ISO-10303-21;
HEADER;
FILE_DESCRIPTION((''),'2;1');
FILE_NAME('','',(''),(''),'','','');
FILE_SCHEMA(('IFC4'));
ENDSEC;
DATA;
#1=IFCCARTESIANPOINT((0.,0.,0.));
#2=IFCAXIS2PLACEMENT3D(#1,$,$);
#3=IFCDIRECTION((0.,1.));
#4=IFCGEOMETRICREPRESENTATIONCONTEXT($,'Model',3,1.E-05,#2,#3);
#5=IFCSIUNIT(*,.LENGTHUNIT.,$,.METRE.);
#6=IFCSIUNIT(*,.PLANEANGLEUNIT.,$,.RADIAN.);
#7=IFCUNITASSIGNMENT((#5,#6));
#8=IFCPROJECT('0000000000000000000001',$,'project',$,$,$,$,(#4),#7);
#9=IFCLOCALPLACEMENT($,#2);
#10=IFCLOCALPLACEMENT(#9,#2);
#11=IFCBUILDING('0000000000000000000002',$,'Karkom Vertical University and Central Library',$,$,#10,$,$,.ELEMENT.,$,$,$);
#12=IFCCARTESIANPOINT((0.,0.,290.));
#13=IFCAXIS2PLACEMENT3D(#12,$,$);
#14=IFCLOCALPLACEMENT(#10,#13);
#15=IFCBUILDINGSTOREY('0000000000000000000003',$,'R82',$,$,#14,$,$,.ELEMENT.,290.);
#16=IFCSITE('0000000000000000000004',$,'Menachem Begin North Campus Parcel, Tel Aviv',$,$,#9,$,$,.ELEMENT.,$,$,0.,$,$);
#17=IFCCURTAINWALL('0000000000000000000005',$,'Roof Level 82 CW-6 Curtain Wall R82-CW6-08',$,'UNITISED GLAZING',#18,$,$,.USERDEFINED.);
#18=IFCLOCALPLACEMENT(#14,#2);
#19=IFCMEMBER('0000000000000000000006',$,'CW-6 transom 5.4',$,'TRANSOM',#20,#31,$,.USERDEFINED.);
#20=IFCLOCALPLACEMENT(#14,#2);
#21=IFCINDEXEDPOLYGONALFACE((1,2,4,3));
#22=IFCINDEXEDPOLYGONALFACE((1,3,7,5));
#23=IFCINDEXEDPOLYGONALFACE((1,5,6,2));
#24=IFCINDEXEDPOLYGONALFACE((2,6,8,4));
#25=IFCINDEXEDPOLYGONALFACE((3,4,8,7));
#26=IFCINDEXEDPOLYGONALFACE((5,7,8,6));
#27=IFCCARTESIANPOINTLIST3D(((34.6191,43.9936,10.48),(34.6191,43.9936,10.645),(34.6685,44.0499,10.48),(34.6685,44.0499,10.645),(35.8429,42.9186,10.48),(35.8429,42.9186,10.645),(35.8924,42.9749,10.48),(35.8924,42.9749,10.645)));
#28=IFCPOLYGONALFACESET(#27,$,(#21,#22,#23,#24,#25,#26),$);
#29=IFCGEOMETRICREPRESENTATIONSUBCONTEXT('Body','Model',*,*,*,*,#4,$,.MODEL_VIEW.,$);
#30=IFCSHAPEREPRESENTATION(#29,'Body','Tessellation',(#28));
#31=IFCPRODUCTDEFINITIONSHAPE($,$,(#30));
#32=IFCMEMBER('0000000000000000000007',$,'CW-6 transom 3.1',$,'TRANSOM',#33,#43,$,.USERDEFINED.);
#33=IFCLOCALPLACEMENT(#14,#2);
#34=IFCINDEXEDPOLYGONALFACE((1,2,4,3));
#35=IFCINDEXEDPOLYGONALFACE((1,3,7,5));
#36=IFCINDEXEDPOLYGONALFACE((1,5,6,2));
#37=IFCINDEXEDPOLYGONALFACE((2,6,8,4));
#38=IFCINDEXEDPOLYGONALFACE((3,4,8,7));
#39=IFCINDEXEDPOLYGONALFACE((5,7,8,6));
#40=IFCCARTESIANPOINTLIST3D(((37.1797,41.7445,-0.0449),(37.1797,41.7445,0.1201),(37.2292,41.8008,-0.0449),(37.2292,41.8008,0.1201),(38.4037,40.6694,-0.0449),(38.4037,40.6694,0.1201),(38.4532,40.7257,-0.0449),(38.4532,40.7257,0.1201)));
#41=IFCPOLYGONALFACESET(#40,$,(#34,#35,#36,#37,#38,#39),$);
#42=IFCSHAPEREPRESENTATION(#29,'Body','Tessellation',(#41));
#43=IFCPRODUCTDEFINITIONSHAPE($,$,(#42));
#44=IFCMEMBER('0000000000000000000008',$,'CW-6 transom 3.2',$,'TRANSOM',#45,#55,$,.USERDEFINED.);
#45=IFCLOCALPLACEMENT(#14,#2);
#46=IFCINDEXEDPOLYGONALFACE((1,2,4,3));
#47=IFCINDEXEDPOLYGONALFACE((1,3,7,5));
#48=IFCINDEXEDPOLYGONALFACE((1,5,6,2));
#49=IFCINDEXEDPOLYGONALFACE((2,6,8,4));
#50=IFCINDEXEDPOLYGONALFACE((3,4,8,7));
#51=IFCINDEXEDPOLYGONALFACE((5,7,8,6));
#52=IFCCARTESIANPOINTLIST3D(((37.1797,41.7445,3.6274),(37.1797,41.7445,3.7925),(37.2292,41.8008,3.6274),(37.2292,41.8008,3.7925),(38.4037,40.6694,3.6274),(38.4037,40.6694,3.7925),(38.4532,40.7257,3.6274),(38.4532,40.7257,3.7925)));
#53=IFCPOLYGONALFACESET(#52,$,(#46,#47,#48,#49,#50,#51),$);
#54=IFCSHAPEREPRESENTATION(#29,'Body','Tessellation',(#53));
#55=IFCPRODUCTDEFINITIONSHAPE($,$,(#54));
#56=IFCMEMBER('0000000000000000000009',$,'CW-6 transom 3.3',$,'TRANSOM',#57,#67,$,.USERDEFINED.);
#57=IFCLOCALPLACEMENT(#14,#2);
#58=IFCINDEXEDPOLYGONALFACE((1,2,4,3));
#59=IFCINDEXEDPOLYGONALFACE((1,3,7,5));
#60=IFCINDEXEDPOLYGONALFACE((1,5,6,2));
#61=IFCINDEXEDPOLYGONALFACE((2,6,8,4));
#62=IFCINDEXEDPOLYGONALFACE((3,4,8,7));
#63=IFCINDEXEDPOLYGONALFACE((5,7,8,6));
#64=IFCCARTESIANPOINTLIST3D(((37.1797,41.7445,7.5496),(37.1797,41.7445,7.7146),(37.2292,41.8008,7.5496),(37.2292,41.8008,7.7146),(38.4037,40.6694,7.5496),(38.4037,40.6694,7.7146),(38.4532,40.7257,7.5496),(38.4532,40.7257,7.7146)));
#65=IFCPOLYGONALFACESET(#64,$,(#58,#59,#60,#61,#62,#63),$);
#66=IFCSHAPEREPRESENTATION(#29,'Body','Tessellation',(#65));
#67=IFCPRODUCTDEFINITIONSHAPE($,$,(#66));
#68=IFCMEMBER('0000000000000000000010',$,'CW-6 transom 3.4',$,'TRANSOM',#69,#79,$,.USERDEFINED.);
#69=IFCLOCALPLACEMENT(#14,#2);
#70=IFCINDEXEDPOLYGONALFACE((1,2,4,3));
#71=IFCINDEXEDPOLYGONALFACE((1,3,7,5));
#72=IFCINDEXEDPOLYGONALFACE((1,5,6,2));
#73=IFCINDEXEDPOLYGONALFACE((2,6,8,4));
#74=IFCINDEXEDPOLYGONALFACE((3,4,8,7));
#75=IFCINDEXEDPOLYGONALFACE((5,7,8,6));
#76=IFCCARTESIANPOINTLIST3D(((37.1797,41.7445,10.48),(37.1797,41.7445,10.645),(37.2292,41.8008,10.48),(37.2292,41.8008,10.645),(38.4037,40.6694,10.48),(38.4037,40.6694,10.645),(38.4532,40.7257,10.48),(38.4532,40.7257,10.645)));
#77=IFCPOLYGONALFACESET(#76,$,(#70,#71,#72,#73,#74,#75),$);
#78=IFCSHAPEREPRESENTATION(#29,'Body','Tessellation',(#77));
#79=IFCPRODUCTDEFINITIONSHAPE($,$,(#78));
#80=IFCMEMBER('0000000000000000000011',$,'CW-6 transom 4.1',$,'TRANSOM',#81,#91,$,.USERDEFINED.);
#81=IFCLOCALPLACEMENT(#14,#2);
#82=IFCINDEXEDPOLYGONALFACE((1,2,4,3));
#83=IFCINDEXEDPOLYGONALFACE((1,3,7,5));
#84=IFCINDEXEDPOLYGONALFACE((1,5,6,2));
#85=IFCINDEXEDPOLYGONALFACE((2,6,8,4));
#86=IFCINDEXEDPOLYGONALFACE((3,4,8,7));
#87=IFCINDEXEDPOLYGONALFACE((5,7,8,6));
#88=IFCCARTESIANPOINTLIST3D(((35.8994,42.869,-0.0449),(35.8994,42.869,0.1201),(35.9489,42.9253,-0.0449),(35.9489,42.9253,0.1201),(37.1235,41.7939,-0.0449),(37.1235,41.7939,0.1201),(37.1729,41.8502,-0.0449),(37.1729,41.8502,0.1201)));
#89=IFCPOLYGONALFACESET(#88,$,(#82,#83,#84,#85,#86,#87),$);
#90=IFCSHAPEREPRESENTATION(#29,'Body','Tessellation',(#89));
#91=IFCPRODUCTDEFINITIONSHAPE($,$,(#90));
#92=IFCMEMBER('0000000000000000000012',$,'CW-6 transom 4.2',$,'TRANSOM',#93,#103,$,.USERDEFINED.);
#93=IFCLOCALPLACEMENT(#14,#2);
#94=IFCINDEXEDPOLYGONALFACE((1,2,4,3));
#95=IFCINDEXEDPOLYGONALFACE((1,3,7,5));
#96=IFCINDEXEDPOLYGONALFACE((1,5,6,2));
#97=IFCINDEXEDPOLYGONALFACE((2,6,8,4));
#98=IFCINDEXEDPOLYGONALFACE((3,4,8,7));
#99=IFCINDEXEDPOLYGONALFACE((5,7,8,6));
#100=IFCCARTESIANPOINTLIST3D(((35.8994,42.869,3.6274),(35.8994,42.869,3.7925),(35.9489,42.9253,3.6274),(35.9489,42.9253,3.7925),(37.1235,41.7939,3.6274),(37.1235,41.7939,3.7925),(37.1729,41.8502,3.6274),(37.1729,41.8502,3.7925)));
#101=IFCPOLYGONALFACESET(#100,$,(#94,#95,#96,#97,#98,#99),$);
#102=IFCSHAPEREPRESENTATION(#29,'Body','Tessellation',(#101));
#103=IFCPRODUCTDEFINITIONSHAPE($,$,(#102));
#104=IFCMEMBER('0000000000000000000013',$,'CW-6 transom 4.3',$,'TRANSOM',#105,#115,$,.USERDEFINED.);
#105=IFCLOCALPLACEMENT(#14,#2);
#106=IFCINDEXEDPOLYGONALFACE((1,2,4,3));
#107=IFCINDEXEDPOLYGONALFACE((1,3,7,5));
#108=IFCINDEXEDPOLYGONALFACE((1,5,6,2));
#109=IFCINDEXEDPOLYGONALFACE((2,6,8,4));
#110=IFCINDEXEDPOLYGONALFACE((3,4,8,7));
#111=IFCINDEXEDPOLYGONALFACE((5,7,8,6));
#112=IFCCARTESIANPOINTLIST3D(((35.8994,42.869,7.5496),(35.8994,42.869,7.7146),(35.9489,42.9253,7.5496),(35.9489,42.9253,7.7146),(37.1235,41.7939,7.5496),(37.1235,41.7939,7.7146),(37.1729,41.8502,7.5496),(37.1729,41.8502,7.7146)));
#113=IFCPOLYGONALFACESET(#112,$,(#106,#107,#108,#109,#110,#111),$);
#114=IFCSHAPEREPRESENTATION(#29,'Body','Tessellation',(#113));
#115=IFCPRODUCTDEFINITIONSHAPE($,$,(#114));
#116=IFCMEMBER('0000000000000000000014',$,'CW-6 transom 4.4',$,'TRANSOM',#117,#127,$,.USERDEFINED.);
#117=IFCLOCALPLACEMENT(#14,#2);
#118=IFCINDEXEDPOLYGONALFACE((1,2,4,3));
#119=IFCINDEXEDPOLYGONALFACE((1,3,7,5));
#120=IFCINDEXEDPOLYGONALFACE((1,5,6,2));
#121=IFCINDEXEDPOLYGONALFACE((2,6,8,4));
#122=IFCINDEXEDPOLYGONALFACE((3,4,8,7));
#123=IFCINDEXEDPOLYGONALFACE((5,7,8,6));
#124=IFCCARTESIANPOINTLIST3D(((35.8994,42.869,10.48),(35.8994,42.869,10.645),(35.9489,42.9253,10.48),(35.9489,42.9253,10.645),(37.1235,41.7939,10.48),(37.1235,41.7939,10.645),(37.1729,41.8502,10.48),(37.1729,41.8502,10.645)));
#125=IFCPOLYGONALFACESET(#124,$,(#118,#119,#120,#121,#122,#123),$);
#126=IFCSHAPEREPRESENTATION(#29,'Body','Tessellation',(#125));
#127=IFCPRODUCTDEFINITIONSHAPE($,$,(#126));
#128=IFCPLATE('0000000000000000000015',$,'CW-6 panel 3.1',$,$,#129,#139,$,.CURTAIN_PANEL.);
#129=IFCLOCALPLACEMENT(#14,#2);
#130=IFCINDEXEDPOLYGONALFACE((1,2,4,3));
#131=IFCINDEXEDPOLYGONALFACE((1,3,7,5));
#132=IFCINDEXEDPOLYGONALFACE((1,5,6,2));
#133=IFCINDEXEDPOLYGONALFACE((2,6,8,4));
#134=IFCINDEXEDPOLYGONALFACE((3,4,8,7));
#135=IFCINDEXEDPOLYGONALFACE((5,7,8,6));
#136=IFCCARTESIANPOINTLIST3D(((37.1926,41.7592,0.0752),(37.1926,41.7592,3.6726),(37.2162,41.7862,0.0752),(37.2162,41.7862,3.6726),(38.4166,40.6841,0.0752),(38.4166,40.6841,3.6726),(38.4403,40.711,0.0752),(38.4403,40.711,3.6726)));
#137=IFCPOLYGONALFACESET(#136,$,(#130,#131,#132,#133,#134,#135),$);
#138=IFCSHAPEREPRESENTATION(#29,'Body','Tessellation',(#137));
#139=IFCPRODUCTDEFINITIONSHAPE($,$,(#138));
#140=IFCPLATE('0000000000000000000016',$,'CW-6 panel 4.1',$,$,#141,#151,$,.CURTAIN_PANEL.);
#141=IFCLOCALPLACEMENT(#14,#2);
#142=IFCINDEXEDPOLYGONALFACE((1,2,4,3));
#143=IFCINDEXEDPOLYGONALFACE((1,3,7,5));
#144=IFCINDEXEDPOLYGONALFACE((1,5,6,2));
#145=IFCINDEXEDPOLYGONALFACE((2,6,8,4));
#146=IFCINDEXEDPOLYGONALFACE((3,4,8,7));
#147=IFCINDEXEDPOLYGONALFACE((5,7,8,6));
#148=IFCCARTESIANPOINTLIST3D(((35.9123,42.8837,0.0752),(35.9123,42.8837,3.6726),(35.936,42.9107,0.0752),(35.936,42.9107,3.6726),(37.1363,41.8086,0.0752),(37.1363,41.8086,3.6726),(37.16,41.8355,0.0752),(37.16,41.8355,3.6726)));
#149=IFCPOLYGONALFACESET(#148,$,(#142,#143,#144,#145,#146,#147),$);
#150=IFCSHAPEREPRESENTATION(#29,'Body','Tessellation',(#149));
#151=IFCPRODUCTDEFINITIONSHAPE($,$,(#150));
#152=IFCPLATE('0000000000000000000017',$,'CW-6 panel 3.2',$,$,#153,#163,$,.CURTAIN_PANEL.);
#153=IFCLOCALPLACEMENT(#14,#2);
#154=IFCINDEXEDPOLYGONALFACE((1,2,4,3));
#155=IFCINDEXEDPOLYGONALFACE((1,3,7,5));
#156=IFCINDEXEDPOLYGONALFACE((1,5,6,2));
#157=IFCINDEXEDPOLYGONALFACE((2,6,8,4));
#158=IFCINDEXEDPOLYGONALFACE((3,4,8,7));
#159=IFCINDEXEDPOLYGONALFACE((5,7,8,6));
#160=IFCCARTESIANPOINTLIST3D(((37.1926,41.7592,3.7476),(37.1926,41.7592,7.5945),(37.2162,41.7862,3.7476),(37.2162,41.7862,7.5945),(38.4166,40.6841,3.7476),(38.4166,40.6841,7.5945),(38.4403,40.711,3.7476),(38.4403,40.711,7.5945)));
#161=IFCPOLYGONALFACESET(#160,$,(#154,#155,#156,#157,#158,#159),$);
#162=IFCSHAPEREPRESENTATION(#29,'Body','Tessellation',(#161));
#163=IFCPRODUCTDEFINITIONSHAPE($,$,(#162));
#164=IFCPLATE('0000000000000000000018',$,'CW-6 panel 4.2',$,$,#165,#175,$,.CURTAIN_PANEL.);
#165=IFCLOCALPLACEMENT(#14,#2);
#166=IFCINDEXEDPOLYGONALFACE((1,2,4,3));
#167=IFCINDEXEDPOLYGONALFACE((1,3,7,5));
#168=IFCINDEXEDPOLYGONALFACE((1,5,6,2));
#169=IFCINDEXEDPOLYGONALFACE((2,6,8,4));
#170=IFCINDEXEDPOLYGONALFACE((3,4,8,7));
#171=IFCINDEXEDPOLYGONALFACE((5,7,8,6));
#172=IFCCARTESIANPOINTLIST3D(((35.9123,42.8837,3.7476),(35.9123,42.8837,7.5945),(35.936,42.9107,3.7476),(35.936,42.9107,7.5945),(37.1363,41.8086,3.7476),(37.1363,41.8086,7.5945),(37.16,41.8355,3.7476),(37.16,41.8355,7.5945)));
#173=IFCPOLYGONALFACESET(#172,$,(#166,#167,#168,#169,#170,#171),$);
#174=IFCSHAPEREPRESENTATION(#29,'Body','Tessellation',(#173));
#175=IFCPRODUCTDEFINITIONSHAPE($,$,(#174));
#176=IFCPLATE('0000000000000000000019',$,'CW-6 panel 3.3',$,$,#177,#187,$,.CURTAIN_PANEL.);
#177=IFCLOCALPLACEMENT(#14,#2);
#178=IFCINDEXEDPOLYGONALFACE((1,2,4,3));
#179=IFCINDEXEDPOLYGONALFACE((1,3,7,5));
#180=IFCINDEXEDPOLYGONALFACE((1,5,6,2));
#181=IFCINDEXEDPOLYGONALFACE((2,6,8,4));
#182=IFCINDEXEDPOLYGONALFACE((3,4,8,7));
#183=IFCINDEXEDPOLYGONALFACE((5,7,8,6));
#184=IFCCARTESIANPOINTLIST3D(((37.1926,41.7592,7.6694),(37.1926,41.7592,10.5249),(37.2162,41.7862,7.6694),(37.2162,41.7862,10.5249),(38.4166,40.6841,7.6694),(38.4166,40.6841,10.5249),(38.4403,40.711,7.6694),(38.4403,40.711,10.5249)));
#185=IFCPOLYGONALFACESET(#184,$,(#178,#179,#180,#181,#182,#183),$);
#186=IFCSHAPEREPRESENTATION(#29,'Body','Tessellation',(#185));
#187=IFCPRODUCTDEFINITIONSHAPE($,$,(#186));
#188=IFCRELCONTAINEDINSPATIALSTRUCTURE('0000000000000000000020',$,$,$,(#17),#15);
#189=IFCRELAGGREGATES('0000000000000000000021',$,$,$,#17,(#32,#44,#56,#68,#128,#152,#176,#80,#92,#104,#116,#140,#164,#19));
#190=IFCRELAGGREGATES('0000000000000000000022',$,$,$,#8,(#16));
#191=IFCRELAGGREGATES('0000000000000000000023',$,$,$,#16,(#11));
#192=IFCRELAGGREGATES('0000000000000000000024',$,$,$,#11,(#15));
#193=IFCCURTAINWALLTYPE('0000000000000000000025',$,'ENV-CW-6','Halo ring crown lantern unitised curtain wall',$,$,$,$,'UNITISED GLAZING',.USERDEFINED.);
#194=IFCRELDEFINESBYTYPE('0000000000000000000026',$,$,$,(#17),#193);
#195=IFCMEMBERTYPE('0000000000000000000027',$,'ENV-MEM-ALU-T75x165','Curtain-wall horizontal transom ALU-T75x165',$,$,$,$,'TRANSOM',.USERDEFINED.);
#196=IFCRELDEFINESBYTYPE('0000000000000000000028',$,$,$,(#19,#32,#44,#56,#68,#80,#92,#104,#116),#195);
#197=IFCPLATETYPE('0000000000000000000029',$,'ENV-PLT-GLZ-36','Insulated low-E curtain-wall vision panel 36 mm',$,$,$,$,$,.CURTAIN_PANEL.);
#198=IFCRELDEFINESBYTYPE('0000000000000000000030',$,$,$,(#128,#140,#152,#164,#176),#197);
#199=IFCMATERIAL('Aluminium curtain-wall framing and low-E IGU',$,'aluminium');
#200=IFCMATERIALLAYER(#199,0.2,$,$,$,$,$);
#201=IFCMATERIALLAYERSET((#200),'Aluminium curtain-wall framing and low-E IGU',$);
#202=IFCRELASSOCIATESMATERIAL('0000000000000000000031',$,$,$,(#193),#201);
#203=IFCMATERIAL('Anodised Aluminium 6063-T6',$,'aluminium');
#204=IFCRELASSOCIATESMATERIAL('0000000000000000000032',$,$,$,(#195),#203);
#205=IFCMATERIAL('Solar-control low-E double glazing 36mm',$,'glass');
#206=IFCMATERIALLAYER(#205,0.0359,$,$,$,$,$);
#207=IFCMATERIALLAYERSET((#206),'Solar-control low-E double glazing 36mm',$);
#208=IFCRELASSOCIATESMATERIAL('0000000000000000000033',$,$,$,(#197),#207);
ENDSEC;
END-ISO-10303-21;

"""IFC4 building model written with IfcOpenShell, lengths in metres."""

from ifc_helpers import new_model, si_unit, direction, frame, origin, origin_with_axes, origin_2d, place, context, subcontext, project, spatial, rectangle, extrude, source, transform, mapped, material, layer, layer_set, material_profile, profile_set, type_object, element, aggregate, save


model = new_model("IFC4")

# Units and contexts
model_context = context("Model", 3, precision=1e-05, world=origin(), true_north=direction((0.0, 1.0)))
body_context = subcontext(model_context, "Body", "Model", "MODEL_VIEW")
ifc_project = project(units=[si_unit("LENGTHUNIT", "METRE"), si_unit("PLANEANGLEUNIT", "RADIAN")], contexts=[model_context])

# Site, building, storey
site_placement = place(None, origin())
site = spatial("IfcSite", under=ifc_project, at=site_placement, Name="Menachem Begin North Campus Parcel, Tel Aviv", CompositionType="ELEMENT", RefElevation=0.0)
building_placement = place(site_placement, origin())
building = spatial("IfcBuilding", under=site, at=building_placement, Name="Karkom Vertical University and Central Library", CompositionType="ELEMENT")
storey_placement = place(building_placement, frame((0.0, 0.0, 290.0)))
storey = spatial("IfcBuildingStorey", under=building, at=storey_placement, Name="R82", CompositionType="ELEMENT", Elevation=290.0)

# Curtain wall, members, plates
ifc_material_1 = material(Name="Aluminium curtain-wall framing and low-E IGU", Category="aluminium")
ifc_layer_1 = layer(ifc_material_1, 0.2)
ifc_layer_set_1 = layer_set([ifc_layer_1], Name="Aluminium curtain-wall framing and low-E IGU")
curtain_wall_type = type_object("IfcCurtainWallType", Name="ENV-CW-6", Description="Halo ring crown lantern unitised curtain wall", ElementType="UNITISED GLAZING", PredefinedType="USERDEFINED", material=ifc_layer_set_1)
curtain_wall_placement = place(storey_placement, origin())
curtain_wall = element("IfcCurtainWall", 1, at=curtain_wall_placement, inside=storey, type_object=curtain_wall_type, Name="Roof Level 82 CW-6 Curtain Wall R82-CW6-08", ObjectType="UNITISED GLAZING", PredefinedType="USERDEFINED")
ifc_material_2 = material(Name="Anodised Aluminium 6063-T6", Category="aluminium")
ifc_material_profile_1 = material_profile(ifc_material_2, rectangle(XDim=0.075, YDim=0.165, at=origin_2d()), Name="ALU-T75x165")
ifc_profile_set_1 = profile_set([ifc_material_profile_1], Name="Anodised Aluminium 6063-T6")
member_type_1 = type_object("IfcMemberType", Name="ENV-MEM-ALU-T75x165", Description="Curtain-wall horizontal transom ALU-T75x165", ElementType="TRANSOM", PredefinedType="USERDEFINED", material=ifc_profile_set_1)
shared_shape_1 = source(origin_with_axes(), body_context, "Body", "SweptSolid", [
    extrude(rectangle(XDim=0.075, YDim=0.165, at=origin_2d()), origin(), (0.0, 0.0, 1.0), 1.6289),
])
member_1_placement = place(storey_placement, frame((35.8677, 42.9468, 10.5625), z_axis=(-0.751341, 0.659915, 0.0), x_axis=(-0.659915, -0.751341, 0.0)))
member_1 = element("IfcMember", 2, at=member_1_placement, type_object=member_type_1, Name="CW-6 transom 5.4", ObjectType="TRANSOM", PredefinedType="USERDEFINED", context=body_context, shape_type="MappedRepresentation", body=[
    mapped(shared_shape_1, transform((0.0, 0.0, 0.0), scale=1.0)),
])
shared_shape_2 = source(origin_with_axes(), body_context, "Body", "SweptSolid", [
    extrude(rectangle(XDim=0.075, YDim=0.165, at=origin_2d()), origin(), (0.0, 0.0, 1.0), 1.6292),
])
member_2_placement = place(storey_placement, frame((38.4285, 40.6975, 0.0376), z_axis=(-0.751331, 0.659925, 0.0), x_axis=(-0.659925, -0.751331, 0.0)))
member_2 = element("IfcMember", 3, at=member_2_placement, type_object=member_type_1, Name="CW-6 transom 3.1", ObjectType="TRANSOM", PredefinedType="USERDEFINED", context=body_context, shape_type="MappedRepresentation", body=[
    mapped(shared_shape_2, transform((0.0, 0.0, 0.0), scale=1.0)),
])
member_3_placement = place(storey_placement, frame((38.4285, 40.6975, 3.71), z_axis=(-0.751331, 0.659925, 0.0), x_axis=(-0.659925, -0.751331, 0.0)))
member_3 = element("IfcMember", 4, at=member_3_placement, type_object=member_type_1, Name="CW-6 transom 3.2", ObjectType="TRANSOM", PredefinedType="USERDEFINED", context=body_context, shape_type="MappedRepresentation", body=[
    mapped(shared_shape_2, transform((0.0, 0.0, 0.0), scale=1.0)),
])
member_4_placement = place(storey_placement, frame((38.4285, 40.6975, 7.6321), z_axis=(-0.751331, 0.659925, 0.0), x_axis=(-0.659925, -0.751331, 0.0)))
member_4 = element("IfcMember", 5, at=member_4_placement, type_object=member_type_1, Name="CW-6 transom 3.3", ObjectType="TRANSOM", PredefinedType="USERDEFINED", context=body_context, shape_type="MappedRepresentation", body=[
    mapped(shared_shape_2, transform((0.0, 0.0, 0.0), scale=1.0)),
])
member_5_placement = place(storey_placement, frame((38.4285, 40.6975, 10.5625), z_axis=(-0.751331, 0.659925, 0.0), x_axis=(-0.659925, -0.751331, 0.0)))
member_5 = element("IfcMember", 6, at=member_5_placement, type_object=member_type_1, Name="CW-6 transom 3.4", ObjectType="TRANSOM", PredefinedType="USERDEFINED", context=body_context, shape_type="MappedRepresentation", body=[
    mapped(shared_shape_2, transform((0.0, 0.0, 0.0), scale=1.0)),
])
member_6_placement = place(storey_placement, frame((37.1482, 41.822, 0.0376), z_axis=(-0.751331, 0.659925, 0.0), x_axis=(-0.659925, -0.751331, 0.0)))
member_6 = element("IfcMember", 7, at=member_6_placement, type_object=member_type_1, Name="CW-6 transom 4.1", ObjectType="TRANSOM", PredefinedType="USERDEFINED", context=body_context, shape_type="MappedRepresentation", body=[
    mapped(shared_shape_2, transform((0.0, 0.0, 0.0), scale=1.0)),
])
member_7_placement = place(storey_placement, frame((37.1482, 41.822, 3.71), z_axis=(-0.751331, 0.659925, 0.0), x_axis=(-0.659925, -0.751331, 0.0)))
member_7 = element("IfcMember", 8, at=member_7_placement, type_object=member_type_1, Name="CW-6 transom 4.2", ObjectType="TRANSOM", PredefinedType="USERDEFINED", context=body_context, shape_type="MappedRepresentation", body=[
    mapped(shared_shape_2, transform((0.0, 0.0, 0.0), scale=1.0)),
])
member_8_placement = place(storey_placement, frame((37.1482, 41.822, 7.6321), z_axis=(-0.751331, 0.659925, 0.0), x_axis=(-0.659925, -0.751331, 0.0)))
member_8 = element("IfcMember", 9, at=member_8_placement, type_object=member_type_1, Name="CW-6 transom 4.3", ObjectType="TRANSOM", PredefinedType="USERDEFINED", context=body_context, shape_type="MappedRepresentation", body=[
    mapped(shared_shape_2, transform((0.0, 0.0, 0.0), scale=1.0)),
])
member_9_placement = place(storey_placement, frame((37.1482, 41.822, 10.5625), z_axis=(-0.751331, 0.659925, 0.0), x_axis=(-0.659925, -0.751331, 0.0)))
member_9 = element("IfcMember", 10, at=member_9_placement, type_object=member_type_1, Name="CW-6 transom 4.4", ObjectType="TRANSOM", PredefinedType="USERDEFINED", context=body_context, shape_type="MappedRepresentation", body=[
    mapped(shared_shape_2, transform((0.0, 0.0, 0.0), scale=1.0)),
])
ifc_material_3 = material(Name="Solar-control low-E double glazing 36mm", Category="glass")
ifc_layer_2 = layer(ifc_material_3, 0.0359)
ifc_layer_set_2 = layer_set([ifc_layer_2], Name="Solar-control low-E double glazing 36mm")
plate_type = type_object("IfcPlateType", Name="ENV-PLT-GLZ-36", Description="Insulated low-E curtain-wall vision panel 36 mm", PredefinedType="CURTAIN_PANEL", material=ifc_layer_set_2)
shared_shape_3 = source(origin_with_axes(), body_context, "Body", "SweptSolid", [
    extrude(rectangle(XDim=1.6292, YDim=0.0359, at=origin_2d()), origin(), (0.0, 0.0, 1.0), 3.5974),
])
plate_1_placement = place(storey_placement, frame((37.8164, 41.2351, 0.0752), z_axis=(0.0, 0.0, 1.0), x_axis=(-0.751322, 0.659936, 0.0)))
plate_1 = element("IfcPlate", 11, at=plate_1_placement, type_object=plate_type, Name="CW-6 panel 3.1", PredefinedType="CURTAIN_PANEL", context=body_context, shape_type="MappedRepresentation", body=[
    mapped(shared_shape_3, transform((0.0, 0.0, 0.0), scale=1.0)),
])
plate_2_placement = place(storey_placement, frame((36.5361, 42.3596, 0.0752), z_axis=(0.0, 0.0, 1.0), x_axis=(-0.751322, 0.659936, 0.0)))
plate_2 = element("IfcPlate", 12, at=plate_2_placement, type_object=plate_type, Name="CW-6 panel 4.1", PredefinedType="CURTAIN_PANEL", context=body_context, shape_type="MappedRepresentation", body=[
    mapped(shared_shape_3, transform((0.0, 0.0, 0.0), scale=1.0)),
])
shared_shape_4 = source(origin_with_axes(), body_context, "Body", "SweptSolid", [
    extrude(rectangle(XDim=1.6292, YDim=0.0359, at=origin_2d()), origin(), (0.0, 0.0, 1.0), 3.8469),
])
plate_3_placement = place(storey_placement, frame((37.8164, 41.2351, 3.7476), z_axis=(0.0, 0.0, 1.0), x_axis=(-0.751322, 0.659936, 0.0)))
plate_3 = element("IfcPlate", 13, at=plate_3_placement, type_object=plate_type, Name="CW-6 panel 3.2", PredefinedType="CURTAIN_PANEL", context=body_context, shape_type="MappedRepresentation", body=[
    mapped(shared_shape_4, transform((0.0, 0.0, 0.0), scale=1.0)),
])
plate_4_placement = place(storey_placement, frame((36.5361, 42.3596, 3.7476), z_axis=(0.0, 0.0, 1.0), x_axis=(-0.751322, 0.659936, 0.0)))
plate_4 = element("IfcPlate", 14, at=plate_4_placement, type_object=plate_type, Name="CW-6 panel 4.2", PredefinedType="CURTAIN_PANEL", context=body_context, shape_type="MappedRepresentation", body=[
    mapped(shared_shape_4, transform((0.0, 0.0, 0.0), scale=1.0)),
])
shared_shape_5 = source(origin_with_axes(), body_context, "Body", "SweptSolid", [
    extrude(rectangle(XDim=1.6292, YDim=0.0359, at=origin_2d()), origin(), (0.0, 0.0, 1.0), 2.8555),
])
plate_5_placement = place(storey_placement, frame((37.8164, 41.2351, 7.6694), z_axis=(0.0, 0.0, 1.0), x_axis=(-0.751322, 0.659936, 0.0)))
plate_5 = element("IfcPlate", 15, at=plate_5_placement, type_object=plate_type, Name="CW-6 panel 3.3", PredefinedType="CURTAIN_PANEL", context=body_context, shape_type="MappedRepresentation", body=[
    mapped(shared_shape_5, transform((0.0, 0.0, 0.0), scale=1.0)),
])
aggregate(curtain_wall, [member_2, member_3, member_4, member_5, plate_1, plate_3, plate_5, member_6, member_7, member_8, member_9, plate_2, plate_4, member_1])

save(model, "model.ifc")
